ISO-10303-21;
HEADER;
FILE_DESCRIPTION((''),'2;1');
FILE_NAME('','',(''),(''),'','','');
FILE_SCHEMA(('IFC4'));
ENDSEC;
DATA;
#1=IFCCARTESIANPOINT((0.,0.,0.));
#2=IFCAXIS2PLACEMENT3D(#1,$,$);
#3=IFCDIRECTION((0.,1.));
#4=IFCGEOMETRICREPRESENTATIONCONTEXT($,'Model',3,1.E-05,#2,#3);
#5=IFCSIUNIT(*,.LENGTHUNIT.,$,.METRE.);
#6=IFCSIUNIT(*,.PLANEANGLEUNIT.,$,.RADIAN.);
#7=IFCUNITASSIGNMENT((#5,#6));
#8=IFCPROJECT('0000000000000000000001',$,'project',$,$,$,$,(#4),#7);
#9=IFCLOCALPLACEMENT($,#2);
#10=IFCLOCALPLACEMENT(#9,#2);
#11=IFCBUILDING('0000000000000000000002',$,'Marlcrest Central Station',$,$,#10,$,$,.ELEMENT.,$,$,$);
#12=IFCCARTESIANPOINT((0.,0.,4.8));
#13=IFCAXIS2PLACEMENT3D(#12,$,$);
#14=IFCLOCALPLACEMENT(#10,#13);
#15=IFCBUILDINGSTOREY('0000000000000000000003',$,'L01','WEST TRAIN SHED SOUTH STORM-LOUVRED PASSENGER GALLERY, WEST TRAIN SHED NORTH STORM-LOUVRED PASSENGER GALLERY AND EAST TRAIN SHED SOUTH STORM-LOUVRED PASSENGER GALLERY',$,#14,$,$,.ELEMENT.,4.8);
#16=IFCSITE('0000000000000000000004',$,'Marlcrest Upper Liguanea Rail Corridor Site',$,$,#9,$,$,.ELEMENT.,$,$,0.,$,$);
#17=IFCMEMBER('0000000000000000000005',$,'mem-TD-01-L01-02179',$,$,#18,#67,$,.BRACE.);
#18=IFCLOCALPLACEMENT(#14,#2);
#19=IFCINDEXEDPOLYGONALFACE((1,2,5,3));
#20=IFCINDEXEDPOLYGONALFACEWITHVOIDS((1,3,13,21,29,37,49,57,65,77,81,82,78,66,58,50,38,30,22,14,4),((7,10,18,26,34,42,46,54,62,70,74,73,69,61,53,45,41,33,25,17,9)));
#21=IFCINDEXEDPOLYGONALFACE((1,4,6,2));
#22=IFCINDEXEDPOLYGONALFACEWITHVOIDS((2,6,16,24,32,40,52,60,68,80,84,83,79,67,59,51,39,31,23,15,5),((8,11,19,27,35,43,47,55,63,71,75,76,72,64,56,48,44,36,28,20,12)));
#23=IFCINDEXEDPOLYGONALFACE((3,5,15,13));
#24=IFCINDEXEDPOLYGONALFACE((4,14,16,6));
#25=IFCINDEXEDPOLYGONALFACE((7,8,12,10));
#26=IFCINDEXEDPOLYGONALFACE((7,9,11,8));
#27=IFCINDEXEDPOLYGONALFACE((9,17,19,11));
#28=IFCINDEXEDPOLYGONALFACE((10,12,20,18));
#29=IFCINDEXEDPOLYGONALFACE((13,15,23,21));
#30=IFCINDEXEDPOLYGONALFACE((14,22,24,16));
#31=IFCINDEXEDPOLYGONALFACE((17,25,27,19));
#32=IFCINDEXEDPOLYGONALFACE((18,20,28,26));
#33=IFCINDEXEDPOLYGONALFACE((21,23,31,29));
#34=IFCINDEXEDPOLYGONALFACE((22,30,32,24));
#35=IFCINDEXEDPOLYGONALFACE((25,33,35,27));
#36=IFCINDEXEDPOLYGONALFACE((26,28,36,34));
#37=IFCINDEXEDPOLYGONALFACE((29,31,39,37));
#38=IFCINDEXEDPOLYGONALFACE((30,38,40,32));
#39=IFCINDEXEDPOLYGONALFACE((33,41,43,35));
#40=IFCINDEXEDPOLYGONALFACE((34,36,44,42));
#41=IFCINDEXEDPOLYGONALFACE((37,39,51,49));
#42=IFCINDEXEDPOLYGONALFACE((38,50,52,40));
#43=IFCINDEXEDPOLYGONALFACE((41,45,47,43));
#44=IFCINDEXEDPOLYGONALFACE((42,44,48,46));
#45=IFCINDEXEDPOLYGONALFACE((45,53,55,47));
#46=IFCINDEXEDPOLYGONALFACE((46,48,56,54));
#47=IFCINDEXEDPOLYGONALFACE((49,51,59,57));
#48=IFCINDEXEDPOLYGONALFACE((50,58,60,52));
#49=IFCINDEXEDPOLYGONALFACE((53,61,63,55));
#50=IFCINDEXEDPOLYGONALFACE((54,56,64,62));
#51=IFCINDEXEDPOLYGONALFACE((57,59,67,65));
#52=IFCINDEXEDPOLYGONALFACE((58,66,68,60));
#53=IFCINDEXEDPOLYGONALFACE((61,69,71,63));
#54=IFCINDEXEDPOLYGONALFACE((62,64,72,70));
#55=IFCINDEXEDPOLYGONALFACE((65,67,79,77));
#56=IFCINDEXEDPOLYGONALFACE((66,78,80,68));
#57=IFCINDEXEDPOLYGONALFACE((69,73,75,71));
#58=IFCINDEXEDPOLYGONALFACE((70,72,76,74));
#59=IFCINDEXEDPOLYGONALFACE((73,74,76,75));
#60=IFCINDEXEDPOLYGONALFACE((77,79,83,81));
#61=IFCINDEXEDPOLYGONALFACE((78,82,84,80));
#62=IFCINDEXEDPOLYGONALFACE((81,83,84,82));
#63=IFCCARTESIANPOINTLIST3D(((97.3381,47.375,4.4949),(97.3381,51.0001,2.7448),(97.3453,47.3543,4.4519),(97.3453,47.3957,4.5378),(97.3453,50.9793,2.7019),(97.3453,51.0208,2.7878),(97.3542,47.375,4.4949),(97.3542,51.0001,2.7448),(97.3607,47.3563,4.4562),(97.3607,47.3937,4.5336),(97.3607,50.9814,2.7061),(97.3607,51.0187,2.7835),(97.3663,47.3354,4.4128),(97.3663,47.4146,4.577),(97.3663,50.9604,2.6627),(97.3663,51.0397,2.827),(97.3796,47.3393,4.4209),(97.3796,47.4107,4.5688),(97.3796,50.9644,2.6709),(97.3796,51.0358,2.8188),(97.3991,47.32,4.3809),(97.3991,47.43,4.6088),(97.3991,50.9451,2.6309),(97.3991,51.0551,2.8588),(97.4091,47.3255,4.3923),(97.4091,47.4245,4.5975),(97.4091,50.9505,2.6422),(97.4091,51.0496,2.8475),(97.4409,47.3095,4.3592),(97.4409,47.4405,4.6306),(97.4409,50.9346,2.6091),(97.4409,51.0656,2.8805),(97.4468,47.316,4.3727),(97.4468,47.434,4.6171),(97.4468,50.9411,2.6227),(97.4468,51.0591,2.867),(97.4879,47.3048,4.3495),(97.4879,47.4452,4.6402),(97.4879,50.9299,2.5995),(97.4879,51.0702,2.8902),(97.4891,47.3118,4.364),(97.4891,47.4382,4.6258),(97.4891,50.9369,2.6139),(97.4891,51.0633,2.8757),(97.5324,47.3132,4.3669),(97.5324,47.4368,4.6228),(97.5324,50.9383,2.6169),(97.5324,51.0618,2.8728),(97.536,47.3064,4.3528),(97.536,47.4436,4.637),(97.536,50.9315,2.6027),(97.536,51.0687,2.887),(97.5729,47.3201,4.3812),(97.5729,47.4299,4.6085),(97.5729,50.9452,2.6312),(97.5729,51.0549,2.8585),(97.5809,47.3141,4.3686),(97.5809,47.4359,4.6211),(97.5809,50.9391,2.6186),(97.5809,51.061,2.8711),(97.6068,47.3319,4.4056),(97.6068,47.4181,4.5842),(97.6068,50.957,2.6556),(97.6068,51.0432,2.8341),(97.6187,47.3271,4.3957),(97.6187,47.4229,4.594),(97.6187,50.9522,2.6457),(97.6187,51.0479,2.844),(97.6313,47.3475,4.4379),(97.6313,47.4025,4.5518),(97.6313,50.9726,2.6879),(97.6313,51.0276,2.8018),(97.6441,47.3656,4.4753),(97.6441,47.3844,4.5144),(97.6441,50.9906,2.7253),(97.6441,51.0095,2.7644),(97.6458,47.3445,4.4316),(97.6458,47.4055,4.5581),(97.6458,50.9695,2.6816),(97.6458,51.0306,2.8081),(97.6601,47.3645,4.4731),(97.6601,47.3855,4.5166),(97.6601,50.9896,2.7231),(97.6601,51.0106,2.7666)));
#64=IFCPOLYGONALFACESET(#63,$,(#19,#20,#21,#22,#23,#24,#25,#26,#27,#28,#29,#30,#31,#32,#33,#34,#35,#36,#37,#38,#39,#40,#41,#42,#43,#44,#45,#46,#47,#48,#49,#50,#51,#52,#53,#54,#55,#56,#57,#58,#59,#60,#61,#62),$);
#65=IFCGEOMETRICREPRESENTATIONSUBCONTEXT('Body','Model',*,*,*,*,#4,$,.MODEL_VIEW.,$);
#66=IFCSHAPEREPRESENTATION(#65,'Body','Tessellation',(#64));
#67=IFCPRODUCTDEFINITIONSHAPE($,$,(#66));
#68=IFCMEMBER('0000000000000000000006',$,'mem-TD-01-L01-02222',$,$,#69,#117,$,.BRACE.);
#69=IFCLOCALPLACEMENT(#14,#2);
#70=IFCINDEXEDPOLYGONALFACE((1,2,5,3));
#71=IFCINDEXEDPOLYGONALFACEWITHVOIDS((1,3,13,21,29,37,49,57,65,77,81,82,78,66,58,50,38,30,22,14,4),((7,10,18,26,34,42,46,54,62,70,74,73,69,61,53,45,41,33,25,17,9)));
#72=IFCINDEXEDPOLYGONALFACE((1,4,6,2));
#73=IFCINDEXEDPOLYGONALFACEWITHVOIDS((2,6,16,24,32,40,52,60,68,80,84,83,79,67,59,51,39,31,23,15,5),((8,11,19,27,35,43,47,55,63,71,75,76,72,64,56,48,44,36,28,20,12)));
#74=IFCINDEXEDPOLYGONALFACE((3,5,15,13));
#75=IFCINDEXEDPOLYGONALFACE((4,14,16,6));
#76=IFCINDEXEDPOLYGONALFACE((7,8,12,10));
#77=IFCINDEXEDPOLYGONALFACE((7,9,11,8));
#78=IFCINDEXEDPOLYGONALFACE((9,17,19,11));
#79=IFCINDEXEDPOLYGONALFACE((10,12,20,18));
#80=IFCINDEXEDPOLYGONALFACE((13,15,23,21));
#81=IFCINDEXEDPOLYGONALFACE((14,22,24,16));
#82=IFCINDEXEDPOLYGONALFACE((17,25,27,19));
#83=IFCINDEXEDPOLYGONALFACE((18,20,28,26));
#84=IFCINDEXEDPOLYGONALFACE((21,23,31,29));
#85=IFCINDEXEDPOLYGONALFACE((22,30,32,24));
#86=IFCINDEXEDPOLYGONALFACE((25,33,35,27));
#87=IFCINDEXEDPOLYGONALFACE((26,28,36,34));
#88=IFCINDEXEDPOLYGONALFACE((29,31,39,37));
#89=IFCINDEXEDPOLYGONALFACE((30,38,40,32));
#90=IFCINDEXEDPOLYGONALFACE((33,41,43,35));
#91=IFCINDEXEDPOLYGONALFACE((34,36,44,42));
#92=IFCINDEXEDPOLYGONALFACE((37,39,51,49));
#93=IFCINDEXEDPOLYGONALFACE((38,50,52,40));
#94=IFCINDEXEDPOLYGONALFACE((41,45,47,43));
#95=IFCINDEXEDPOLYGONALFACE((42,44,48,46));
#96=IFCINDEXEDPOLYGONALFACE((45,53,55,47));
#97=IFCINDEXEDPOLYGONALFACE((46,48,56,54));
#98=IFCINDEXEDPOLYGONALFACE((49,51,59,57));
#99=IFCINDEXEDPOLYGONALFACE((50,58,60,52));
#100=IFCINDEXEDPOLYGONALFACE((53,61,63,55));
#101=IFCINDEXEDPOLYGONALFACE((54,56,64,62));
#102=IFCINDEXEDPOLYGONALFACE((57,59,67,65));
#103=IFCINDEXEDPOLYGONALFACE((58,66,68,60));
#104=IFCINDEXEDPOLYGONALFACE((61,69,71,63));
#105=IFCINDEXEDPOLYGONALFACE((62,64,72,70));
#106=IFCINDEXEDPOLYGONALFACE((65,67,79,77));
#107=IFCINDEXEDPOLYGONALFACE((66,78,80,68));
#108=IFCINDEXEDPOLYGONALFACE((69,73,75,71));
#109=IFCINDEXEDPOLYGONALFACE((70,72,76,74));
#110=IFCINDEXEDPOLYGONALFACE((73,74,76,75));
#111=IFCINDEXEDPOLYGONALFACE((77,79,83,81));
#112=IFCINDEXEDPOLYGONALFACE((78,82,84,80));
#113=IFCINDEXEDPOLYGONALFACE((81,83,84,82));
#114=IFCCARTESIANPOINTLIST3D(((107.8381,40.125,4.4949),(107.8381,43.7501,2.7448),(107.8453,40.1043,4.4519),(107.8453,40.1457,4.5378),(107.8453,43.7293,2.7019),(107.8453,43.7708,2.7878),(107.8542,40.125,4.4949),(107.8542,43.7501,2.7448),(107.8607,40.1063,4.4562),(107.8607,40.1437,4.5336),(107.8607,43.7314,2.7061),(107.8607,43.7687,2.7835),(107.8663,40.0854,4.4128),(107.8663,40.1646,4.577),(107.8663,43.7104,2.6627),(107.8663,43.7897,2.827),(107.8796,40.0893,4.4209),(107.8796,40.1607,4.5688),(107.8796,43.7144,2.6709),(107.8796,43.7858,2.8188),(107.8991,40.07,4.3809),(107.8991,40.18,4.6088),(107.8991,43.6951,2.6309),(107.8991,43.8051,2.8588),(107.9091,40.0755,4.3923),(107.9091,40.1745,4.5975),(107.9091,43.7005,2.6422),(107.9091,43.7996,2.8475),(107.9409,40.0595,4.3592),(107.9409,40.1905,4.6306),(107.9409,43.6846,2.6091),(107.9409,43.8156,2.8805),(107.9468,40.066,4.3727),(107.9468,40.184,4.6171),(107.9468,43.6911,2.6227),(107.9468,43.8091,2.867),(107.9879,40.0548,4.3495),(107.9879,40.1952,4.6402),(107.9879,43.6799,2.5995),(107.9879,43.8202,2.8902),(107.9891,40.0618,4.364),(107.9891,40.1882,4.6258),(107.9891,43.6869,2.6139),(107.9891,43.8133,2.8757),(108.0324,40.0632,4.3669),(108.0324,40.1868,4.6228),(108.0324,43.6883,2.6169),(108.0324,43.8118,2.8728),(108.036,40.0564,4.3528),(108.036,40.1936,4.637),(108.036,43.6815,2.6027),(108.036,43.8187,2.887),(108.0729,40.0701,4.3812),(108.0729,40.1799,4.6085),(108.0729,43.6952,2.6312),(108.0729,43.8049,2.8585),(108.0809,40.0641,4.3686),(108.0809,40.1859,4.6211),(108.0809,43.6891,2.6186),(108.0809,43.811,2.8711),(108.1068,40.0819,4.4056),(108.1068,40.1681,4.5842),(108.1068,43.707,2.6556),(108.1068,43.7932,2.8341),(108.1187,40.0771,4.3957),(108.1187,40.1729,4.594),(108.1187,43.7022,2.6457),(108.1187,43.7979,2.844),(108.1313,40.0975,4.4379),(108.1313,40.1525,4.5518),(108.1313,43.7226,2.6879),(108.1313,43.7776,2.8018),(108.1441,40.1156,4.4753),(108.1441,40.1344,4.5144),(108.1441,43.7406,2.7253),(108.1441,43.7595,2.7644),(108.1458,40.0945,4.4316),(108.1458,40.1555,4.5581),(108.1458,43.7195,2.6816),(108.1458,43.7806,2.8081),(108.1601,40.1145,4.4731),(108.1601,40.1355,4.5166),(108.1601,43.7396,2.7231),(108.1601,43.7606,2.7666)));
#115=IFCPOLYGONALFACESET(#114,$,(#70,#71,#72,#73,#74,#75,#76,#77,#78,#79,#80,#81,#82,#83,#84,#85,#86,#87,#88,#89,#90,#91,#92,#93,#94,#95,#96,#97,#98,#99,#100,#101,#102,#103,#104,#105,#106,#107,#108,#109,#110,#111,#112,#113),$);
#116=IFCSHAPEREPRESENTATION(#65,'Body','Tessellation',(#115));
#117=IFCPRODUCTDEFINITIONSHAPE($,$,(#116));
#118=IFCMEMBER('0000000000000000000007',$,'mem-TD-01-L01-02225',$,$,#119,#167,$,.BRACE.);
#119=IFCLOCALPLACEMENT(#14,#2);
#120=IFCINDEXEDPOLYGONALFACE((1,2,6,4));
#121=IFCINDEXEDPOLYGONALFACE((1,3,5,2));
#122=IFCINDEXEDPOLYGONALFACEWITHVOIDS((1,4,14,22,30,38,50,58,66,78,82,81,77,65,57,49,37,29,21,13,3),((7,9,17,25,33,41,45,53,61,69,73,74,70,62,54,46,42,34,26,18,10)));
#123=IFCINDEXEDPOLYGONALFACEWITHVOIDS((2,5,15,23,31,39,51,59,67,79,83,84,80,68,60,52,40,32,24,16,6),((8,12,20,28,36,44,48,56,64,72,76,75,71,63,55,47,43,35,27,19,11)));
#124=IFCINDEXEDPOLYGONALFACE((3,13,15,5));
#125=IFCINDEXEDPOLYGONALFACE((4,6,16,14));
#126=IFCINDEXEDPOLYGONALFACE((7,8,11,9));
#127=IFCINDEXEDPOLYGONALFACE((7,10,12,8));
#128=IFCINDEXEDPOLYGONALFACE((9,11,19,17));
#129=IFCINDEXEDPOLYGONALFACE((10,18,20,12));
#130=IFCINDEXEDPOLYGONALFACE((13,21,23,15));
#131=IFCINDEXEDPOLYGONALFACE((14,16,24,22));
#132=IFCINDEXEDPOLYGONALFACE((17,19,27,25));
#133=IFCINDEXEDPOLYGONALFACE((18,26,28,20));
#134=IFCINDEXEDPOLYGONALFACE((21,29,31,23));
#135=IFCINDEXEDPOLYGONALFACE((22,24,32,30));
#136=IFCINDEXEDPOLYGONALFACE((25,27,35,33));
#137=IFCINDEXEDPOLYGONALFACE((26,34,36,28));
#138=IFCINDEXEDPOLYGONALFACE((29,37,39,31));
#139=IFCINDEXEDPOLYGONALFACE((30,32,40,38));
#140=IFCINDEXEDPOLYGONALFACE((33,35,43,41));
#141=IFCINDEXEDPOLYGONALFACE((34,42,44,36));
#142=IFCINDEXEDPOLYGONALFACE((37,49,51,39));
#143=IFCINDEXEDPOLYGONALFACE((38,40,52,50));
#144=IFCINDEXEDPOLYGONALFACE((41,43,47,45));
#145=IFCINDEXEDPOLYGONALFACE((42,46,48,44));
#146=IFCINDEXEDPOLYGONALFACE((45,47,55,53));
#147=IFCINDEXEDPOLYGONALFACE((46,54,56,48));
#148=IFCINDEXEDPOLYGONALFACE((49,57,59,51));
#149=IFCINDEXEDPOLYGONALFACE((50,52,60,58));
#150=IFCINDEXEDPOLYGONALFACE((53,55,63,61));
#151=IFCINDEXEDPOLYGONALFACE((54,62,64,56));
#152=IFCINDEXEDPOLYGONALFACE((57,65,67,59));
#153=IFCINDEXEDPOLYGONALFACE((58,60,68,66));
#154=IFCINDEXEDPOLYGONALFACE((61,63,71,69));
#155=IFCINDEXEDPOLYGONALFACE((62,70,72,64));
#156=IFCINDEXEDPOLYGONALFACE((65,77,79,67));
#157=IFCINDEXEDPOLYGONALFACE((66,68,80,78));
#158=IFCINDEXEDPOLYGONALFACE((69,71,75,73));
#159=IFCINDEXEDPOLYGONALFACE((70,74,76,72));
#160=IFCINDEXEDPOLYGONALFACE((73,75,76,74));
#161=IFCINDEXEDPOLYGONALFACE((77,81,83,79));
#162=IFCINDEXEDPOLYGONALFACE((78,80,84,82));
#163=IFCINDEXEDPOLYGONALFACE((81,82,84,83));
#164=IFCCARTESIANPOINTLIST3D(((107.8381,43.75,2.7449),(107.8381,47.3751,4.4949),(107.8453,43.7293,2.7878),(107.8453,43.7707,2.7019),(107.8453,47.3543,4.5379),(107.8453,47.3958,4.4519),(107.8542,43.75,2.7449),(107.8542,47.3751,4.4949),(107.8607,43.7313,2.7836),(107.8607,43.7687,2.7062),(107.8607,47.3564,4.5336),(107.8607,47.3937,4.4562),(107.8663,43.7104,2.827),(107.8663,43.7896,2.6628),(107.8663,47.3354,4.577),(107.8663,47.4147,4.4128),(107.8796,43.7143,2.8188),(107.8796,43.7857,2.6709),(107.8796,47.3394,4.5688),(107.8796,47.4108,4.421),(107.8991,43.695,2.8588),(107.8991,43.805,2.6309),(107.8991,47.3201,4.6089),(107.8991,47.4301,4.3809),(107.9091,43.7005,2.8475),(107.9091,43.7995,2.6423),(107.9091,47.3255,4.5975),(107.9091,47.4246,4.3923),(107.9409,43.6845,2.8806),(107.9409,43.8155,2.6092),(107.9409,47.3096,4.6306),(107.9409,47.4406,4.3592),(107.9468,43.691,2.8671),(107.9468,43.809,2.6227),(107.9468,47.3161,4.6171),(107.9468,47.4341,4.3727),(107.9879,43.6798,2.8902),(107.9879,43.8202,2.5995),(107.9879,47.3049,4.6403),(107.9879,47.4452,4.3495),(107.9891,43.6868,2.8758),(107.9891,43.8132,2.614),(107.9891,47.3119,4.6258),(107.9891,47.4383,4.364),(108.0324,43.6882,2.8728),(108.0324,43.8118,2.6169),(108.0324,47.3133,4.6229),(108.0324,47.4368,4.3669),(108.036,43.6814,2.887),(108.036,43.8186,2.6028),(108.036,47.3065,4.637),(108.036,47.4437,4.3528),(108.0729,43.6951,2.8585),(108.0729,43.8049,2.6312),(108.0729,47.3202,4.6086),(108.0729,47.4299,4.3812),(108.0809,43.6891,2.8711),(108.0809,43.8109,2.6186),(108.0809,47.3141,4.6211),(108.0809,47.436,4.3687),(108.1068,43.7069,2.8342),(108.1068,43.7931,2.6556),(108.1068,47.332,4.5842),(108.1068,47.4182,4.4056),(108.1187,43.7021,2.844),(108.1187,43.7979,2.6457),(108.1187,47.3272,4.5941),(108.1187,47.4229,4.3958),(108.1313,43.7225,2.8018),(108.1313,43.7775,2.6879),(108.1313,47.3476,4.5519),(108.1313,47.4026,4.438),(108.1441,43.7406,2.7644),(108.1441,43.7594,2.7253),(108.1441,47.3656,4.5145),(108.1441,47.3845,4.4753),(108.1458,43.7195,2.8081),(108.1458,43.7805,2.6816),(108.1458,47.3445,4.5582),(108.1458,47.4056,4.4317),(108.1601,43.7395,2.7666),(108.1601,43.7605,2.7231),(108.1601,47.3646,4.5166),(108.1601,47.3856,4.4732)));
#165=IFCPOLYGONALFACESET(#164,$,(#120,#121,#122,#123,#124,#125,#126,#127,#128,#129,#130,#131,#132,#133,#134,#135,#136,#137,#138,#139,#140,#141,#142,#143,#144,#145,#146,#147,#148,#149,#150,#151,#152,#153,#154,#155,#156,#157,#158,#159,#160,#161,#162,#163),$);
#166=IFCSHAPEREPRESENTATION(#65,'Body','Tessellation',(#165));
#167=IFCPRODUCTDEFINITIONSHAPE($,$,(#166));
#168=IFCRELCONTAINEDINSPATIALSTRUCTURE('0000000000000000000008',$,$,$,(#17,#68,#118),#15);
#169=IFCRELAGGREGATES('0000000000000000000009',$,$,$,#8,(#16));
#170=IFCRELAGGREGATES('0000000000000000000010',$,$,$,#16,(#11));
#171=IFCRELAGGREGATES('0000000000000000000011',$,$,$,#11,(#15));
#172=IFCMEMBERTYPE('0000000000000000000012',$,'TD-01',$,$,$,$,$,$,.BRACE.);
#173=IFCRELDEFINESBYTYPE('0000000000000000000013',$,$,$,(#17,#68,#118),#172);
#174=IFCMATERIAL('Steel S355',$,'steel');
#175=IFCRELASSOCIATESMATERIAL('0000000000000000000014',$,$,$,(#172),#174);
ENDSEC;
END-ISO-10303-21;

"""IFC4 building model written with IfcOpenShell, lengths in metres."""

from ifc_helpers import new_model, si_unit, direction, frame, origin, origin_2d, place, context, subcontext, project, spatial, hollow_circle, extrude, material, material_profile, profile_set, type_object, element, save


model = new_model("IFC4")

# Units and contexts
model_context = context("Model", 3, precision=1e-05, world=origin(), true_north=direction((0.0, 1.0)))
body_context = subcontext(model_context, "Body", "Model", "MODEL_VIEW")
ifc_project = project(units=[si_unit("LENGTHUNIT", "METRE"), si_unit("PLANEANGLEUNIT", "RADIAN")], contexts=[model_context])

# Site, building, storey
site_placement = place(None, origin())
site = spatial("IfcSite", under=ifc_project, at=site_placement, Name="Marlcrest Upper Liguanea Rail Corridor Site", CompositionType="ELEMENT", RefElevation=0.0)
building_placement = place(site_placement, origin())
building = spatial("IfcBuilding", under=site, at=building_placement, Name="Marlcrest Central Station", CompositionType="ELEMENT")
storey_placement = place(building_placement, frame((0.0, 0.0, 4.8)))
storey = spatial("IfcBuildingStorey", under=building, at=storey_placement, Name="L01", Description="WEST TRAIN SHED SOUTH STORM-LOUVRED PASSENGER GALLERY, WEST TRAIN SHED NORTH STORM-LOUVRED PASSENGER GALLERY AND EAST TRAIN SHED SOUTH STORM-LOUVRED PASSENGER GALLERY", CompositionType="ELEMENT", Elevation=4.8)

# Shared definitions
ifc_material = material(Name="Steel S355", Category="steel")

# Members
ifc_material_profile_1 = material_profile(ifc_material, hollow_circle(Radius=0.1619, WallThickness=0.0161, at=origin_2d()), Name="CHS 323.9x16")
ifc_profile_set_1 = profile_set([ifc_material_profile_1], Name="Steel S355")
member_type_1 = type_object("IfcMemberType", Name="TD-01", PredefinedType="BRACE", material=ifc_profile_set_1)
for number, where, z_axis, x_axis, name in (
    (1, (97.5, 47.375, 4.4949), (0.0, 0.900552, -0.434749), (-1.0, 0.0, 0.0), "mem-TD-01-L01-02179"),
    (2, (108.0, 40.125, 4.4949), (0.0, 0.900552, -0.434749), (-1.0, 0.0, 0.0), "mem-TD-01-L01-02222"),
    (3, (108.0, 43.75, 2.7449), (0.0, 0.900552, 0.434749), (-1.0, 0.0, 0.0), "mem-TD-01-L01-02225"),
):
    element("IfcMember", number, at=place(storey_placement, frame(where, z_axis=z_axis, x_axis=x_axis)), inside=storey, type_object=member_type_1, Name=name, PredefinedType="BRACE", context=body_context, shape_type="SweptSolid", body=[
        extrude(hollow_circle(Radius=0.1619, WallThickness=0.0161, at=origin_2d()), origin(), (0.0, 0.0, 1.0), 4.0254),
    ])

save(model, "model.ifc")
